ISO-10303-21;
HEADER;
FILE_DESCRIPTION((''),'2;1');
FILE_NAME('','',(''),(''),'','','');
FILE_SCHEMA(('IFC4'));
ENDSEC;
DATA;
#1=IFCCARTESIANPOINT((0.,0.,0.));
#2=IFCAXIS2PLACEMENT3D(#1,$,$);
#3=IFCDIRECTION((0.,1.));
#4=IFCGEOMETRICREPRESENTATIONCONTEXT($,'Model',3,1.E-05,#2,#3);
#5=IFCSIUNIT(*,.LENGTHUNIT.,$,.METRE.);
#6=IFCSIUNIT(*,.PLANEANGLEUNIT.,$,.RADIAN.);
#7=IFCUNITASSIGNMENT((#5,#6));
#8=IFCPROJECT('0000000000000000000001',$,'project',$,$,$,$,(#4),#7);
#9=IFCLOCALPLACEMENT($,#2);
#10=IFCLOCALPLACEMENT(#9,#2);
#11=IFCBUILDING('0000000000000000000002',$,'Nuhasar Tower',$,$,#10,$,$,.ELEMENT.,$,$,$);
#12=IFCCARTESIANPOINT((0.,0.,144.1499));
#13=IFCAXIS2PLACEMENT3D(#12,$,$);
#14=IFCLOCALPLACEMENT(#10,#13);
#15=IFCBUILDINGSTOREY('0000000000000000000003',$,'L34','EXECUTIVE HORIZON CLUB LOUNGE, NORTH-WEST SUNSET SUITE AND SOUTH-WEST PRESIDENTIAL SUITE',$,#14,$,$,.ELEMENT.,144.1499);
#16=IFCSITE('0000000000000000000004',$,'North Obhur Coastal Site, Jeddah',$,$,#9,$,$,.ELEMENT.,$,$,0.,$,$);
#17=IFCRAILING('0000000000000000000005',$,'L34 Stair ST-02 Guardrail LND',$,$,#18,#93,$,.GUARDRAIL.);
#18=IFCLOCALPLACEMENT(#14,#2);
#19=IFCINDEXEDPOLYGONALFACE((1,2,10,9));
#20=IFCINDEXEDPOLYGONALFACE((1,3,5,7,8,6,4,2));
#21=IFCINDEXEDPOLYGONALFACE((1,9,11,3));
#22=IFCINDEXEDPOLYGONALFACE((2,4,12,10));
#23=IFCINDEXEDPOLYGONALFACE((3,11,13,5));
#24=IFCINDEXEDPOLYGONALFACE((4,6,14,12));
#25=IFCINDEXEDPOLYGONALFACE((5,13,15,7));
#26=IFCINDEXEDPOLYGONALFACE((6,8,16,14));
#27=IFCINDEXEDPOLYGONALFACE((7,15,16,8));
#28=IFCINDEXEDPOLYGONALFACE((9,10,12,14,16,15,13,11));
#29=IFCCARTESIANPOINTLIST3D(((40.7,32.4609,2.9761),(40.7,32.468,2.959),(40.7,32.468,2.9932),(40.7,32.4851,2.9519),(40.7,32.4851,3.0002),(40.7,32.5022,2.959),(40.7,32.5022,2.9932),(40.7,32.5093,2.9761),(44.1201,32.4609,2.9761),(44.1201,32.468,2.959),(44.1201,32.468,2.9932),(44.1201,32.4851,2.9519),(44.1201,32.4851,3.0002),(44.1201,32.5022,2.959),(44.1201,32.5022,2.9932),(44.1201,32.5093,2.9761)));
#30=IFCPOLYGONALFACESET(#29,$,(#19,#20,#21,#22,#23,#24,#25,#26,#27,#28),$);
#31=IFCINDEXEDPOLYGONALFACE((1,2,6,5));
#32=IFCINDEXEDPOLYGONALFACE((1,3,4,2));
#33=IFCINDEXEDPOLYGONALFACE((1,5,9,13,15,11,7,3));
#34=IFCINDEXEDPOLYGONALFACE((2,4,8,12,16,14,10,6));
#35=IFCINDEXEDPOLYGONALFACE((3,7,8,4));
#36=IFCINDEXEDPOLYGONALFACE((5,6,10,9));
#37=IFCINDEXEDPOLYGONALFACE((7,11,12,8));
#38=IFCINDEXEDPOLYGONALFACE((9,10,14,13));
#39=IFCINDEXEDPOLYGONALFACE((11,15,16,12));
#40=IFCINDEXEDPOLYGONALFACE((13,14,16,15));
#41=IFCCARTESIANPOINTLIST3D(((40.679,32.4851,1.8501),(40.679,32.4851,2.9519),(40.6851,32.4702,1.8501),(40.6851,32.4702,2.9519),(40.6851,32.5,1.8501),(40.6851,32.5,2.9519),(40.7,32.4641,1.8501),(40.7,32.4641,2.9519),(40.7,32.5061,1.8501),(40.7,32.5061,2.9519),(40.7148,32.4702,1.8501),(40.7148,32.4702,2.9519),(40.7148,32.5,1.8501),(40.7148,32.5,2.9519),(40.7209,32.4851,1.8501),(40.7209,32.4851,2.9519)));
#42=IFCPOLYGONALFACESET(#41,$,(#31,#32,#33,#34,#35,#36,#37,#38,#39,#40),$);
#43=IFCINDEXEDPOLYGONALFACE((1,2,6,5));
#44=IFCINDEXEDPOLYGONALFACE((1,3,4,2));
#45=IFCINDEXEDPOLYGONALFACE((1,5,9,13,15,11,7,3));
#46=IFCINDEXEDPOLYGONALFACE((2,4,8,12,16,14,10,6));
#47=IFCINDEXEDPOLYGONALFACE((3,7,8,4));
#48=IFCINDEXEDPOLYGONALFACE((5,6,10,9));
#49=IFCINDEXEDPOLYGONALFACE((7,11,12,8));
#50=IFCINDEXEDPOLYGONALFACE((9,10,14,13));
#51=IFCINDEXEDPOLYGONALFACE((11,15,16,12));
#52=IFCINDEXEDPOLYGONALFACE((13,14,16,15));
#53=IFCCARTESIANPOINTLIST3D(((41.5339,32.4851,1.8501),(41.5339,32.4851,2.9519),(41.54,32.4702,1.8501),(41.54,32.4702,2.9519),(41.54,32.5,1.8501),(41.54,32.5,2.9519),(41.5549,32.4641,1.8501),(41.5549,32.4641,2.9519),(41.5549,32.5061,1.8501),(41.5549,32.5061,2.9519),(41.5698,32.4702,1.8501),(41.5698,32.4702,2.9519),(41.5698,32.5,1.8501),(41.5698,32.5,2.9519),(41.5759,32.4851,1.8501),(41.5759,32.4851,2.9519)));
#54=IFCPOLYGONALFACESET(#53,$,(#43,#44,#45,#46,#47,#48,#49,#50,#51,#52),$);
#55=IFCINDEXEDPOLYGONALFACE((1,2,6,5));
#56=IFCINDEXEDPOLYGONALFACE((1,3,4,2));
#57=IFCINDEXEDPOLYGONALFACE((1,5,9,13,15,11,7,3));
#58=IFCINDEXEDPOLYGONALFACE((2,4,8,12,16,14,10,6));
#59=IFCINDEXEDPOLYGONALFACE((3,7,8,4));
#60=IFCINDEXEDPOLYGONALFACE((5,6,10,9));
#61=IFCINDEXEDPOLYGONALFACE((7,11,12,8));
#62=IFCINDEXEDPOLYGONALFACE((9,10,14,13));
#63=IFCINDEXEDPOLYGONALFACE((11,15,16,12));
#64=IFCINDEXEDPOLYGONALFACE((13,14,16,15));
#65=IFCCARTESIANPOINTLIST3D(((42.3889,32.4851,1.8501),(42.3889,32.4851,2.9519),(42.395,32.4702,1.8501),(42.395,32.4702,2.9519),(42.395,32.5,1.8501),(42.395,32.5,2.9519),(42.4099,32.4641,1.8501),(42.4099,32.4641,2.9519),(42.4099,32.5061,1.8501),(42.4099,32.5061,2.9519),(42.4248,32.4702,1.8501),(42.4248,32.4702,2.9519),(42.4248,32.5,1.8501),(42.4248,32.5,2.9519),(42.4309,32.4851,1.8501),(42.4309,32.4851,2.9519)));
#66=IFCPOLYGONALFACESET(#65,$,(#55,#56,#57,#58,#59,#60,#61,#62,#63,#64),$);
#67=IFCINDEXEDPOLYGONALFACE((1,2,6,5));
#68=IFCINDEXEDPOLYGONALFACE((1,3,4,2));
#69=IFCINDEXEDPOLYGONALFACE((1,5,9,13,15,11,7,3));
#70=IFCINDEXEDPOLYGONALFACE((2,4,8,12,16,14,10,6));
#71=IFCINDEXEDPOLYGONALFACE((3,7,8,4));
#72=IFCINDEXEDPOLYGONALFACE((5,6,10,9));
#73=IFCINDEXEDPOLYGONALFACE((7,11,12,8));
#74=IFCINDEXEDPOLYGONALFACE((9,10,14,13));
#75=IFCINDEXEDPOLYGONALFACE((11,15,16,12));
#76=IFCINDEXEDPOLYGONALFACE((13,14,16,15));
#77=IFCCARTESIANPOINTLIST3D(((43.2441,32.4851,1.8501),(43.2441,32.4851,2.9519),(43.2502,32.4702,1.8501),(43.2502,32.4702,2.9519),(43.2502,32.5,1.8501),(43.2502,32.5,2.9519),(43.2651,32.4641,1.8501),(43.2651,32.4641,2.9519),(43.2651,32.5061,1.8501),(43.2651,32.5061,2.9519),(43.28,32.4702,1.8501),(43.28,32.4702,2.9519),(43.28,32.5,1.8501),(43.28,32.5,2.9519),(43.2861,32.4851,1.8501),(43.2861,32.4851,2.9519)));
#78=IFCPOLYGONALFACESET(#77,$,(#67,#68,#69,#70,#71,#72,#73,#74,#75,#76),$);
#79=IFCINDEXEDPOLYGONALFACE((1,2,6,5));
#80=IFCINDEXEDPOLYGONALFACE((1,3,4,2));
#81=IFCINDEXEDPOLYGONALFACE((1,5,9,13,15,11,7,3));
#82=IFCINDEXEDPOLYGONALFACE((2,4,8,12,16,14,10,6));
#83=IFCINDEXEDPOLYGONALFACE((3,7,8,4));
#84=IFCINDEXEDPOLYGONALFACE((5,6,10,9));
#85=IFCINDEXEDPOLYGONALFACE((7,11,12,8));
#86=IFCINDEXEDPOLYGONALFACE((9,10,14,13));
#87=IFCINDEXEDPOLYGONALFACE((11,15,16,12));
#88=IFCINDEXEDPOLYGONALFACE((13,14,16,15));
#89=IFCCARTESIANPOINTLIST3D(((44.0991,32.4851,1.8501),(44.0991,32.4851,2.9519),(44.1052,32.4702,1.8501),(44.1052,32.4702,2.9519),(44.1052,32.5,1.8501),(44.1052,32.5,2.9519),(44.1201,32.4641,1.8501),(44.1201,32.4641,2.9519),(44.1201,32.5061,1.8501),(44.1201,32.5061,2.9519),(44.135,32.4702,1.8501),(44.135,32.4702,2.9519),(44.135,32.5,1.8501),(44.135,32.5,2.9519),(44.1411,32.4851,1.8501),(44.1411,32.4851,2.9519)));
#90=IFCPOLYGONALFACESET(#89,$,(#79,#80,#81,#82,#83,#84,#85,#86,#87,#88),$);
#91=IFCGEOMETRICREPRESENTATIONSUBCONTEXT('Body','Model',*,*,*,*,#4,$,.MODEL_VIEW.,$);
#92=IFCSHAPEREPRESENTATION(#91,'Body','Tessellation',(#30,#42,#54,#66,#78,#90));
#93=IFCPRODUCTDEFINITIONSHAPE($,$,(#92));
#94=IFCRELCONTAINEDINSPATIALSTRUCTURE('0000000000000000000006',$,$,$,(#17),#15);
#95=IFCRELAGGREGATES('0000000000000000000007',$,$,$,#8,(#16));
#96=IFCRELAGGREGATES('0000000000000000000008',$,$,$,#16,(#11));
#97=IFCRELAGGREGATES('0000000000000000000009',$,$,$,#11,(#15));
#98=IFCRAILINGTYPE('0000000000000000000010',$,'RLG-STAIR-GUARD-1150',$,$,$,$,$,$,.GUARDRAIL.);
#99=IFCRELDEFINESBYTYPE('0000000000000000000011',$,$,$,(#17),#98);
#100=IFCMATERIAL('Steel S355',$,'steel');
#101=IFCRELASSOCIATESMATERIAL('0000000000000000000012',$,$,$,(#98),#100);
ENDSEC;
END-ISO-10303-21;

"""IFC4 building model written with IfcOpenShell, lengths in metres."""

from ifc_helpers import new_model, si_unit, direction, frame, origin, place, context, subcontext, project, spatial, polyline, outline, extrude, material, type_object, element, save


model = new_model("IFC4")

# Units and contexts
model_context = context("Model", 3, precision=1e-05, world=origin(), true_north=direction((0.0, 1.0)))
body_context = subcontext(model_context, "Body", "Model", "MODEL_VIEW")
ifc_project = project(units=[si_unit("LENGTHUNIT", "METRE"), si_unit("PLANEANGLEUNIT", "RADIAN")], contexts=[model_context])

# Site, building, storey
site_placement = place(None, origin())
site = spatial("IfcSite", under=ifc_project, at=site_placement, Name="North Obhur Coastal Site, Jeddah", CompositionType="ELEMENT", RefElevation=0.0)
building_placement = place(site_placement, origin())
building = spatial("IfcBuilding", under=site, at=building_placement, Name="Nuhasar Tower", CompositionType="ELEMENT")
storey_placement = place(building_placement, frame((0.0, 0.0, 144.1499)))
storey = spatial("IfcBuildingStorey", under=building, at=storey_placement, Name="L34", Description="EXECUTIVE HORIZON CLUB LOUNGE, NORTH-WEST SUNSET SUITE AND SOUTH-WEST PRESIDENTIAL SUITE", CompositionType="ELEMENT", Elevation=144.1499)

# Shared definitions
ifc_material_1 = material(Name="Steel S355", Category="steel")

# Railing
railing_type_1 = type_object("IfcRailingType", Name="RLG-STAIR-GUARD-1150", PredefinedType="GUARDRAIL", material=ifc_material_1)
railing_1_placement = place(storey_placement, frame((40.7, 32.4851, 1.8501)))
element("IfcRailing", 1, at=railing_1_placement, inside=storey, type_object=railing_type_1, Name="L34 Stair ST-02 Guardrail LND", PredefinedType="GUARDRAIL", context=body_context, shape_type="SweptSolid", body=[
    extrude(outline(polyline([(0.0242, 0.0), (0.0171, 0.0171), (0.0, 0.0242), (-0.0171, 0.0171), (-0.0242, 0.0), (-0.0171, -0.0171), (0.0, -0.0242), (0.0171, -0.0171), (0.0242, 0.0)])), frame((0.0, 0.0, 1.126), z_axis=(1.0, 0.0, 0.0), x_axis=(0.0, 1.0, 0.0)), (0.0, 0.0, 1.0), 3.4202),
    extrude(outline(polyline([(0.021, 0.0), (0.0149, 0.0149), (0.0, 0.021), (-0.0149, 0.0149), (-0.021, 0.0), (-0.0149, -0.0149), (0.0, -0.021), (0.0149, -0.0149), (0.021, 0.0)])), origin(), (0.0, 0.0, 1.0), 1.1018),
    extrude(outline(polyline([(0.021, 0.0), (0.0149, 0.0149), (0.0, 0.021), (-0.0149, 0.0149), (-0.021, 0.0), (-0.0149, -0.0149), (0.0, -0.021), (0.0149, -0.0149), (0.021, 0.0)])), frame((0.855, 0.0, 0.0)), (0.0, 0.0, 1.0), 1.1018),
    extrude(outline(polyline([(0.021, 0.0), (0.0149, 0.0149), (0.0, 0.021), (-0.0149, 0.0149), (-0.021, 0.0), (-0.0149, -0.0149), (0.0, -0.021), (0.0149, -0.0149), (0.021, 0.0)])), frame((1.71, 0.0, 0.0)), (0.0, 0.0, 1.0), 1.1018),
    extrude(outline(polyline([(0.021, 0.0), (0.0149, 0.0149), (0.0, 0.021), (-0.0149, 0.0149), (-0.021, 0.0), (-0.0149, -0.0149), (0.0, -0.021), (0.0149, -0.0149), (0.021, 0.0)])), frame((2.5652, 0.0, 0.0)), (0.0, 0.0, 1.0), 1.1018),
    extrude(outline(polyline([(0.021, 0.0), (0.0149, 0.0149), (0.0, 0.021), (-0.0149, 0.0149), (-0.021, 0.0), (-0.0149, -0.0149), (0.0, -0.021), (0.0149, -0.0149), (0.021, 0.0)])), frame((3.4202, 0.0, 0.0)), (0.0, 0.0, 1.0), 1.1018),
])

save(model, "model.ifc")
